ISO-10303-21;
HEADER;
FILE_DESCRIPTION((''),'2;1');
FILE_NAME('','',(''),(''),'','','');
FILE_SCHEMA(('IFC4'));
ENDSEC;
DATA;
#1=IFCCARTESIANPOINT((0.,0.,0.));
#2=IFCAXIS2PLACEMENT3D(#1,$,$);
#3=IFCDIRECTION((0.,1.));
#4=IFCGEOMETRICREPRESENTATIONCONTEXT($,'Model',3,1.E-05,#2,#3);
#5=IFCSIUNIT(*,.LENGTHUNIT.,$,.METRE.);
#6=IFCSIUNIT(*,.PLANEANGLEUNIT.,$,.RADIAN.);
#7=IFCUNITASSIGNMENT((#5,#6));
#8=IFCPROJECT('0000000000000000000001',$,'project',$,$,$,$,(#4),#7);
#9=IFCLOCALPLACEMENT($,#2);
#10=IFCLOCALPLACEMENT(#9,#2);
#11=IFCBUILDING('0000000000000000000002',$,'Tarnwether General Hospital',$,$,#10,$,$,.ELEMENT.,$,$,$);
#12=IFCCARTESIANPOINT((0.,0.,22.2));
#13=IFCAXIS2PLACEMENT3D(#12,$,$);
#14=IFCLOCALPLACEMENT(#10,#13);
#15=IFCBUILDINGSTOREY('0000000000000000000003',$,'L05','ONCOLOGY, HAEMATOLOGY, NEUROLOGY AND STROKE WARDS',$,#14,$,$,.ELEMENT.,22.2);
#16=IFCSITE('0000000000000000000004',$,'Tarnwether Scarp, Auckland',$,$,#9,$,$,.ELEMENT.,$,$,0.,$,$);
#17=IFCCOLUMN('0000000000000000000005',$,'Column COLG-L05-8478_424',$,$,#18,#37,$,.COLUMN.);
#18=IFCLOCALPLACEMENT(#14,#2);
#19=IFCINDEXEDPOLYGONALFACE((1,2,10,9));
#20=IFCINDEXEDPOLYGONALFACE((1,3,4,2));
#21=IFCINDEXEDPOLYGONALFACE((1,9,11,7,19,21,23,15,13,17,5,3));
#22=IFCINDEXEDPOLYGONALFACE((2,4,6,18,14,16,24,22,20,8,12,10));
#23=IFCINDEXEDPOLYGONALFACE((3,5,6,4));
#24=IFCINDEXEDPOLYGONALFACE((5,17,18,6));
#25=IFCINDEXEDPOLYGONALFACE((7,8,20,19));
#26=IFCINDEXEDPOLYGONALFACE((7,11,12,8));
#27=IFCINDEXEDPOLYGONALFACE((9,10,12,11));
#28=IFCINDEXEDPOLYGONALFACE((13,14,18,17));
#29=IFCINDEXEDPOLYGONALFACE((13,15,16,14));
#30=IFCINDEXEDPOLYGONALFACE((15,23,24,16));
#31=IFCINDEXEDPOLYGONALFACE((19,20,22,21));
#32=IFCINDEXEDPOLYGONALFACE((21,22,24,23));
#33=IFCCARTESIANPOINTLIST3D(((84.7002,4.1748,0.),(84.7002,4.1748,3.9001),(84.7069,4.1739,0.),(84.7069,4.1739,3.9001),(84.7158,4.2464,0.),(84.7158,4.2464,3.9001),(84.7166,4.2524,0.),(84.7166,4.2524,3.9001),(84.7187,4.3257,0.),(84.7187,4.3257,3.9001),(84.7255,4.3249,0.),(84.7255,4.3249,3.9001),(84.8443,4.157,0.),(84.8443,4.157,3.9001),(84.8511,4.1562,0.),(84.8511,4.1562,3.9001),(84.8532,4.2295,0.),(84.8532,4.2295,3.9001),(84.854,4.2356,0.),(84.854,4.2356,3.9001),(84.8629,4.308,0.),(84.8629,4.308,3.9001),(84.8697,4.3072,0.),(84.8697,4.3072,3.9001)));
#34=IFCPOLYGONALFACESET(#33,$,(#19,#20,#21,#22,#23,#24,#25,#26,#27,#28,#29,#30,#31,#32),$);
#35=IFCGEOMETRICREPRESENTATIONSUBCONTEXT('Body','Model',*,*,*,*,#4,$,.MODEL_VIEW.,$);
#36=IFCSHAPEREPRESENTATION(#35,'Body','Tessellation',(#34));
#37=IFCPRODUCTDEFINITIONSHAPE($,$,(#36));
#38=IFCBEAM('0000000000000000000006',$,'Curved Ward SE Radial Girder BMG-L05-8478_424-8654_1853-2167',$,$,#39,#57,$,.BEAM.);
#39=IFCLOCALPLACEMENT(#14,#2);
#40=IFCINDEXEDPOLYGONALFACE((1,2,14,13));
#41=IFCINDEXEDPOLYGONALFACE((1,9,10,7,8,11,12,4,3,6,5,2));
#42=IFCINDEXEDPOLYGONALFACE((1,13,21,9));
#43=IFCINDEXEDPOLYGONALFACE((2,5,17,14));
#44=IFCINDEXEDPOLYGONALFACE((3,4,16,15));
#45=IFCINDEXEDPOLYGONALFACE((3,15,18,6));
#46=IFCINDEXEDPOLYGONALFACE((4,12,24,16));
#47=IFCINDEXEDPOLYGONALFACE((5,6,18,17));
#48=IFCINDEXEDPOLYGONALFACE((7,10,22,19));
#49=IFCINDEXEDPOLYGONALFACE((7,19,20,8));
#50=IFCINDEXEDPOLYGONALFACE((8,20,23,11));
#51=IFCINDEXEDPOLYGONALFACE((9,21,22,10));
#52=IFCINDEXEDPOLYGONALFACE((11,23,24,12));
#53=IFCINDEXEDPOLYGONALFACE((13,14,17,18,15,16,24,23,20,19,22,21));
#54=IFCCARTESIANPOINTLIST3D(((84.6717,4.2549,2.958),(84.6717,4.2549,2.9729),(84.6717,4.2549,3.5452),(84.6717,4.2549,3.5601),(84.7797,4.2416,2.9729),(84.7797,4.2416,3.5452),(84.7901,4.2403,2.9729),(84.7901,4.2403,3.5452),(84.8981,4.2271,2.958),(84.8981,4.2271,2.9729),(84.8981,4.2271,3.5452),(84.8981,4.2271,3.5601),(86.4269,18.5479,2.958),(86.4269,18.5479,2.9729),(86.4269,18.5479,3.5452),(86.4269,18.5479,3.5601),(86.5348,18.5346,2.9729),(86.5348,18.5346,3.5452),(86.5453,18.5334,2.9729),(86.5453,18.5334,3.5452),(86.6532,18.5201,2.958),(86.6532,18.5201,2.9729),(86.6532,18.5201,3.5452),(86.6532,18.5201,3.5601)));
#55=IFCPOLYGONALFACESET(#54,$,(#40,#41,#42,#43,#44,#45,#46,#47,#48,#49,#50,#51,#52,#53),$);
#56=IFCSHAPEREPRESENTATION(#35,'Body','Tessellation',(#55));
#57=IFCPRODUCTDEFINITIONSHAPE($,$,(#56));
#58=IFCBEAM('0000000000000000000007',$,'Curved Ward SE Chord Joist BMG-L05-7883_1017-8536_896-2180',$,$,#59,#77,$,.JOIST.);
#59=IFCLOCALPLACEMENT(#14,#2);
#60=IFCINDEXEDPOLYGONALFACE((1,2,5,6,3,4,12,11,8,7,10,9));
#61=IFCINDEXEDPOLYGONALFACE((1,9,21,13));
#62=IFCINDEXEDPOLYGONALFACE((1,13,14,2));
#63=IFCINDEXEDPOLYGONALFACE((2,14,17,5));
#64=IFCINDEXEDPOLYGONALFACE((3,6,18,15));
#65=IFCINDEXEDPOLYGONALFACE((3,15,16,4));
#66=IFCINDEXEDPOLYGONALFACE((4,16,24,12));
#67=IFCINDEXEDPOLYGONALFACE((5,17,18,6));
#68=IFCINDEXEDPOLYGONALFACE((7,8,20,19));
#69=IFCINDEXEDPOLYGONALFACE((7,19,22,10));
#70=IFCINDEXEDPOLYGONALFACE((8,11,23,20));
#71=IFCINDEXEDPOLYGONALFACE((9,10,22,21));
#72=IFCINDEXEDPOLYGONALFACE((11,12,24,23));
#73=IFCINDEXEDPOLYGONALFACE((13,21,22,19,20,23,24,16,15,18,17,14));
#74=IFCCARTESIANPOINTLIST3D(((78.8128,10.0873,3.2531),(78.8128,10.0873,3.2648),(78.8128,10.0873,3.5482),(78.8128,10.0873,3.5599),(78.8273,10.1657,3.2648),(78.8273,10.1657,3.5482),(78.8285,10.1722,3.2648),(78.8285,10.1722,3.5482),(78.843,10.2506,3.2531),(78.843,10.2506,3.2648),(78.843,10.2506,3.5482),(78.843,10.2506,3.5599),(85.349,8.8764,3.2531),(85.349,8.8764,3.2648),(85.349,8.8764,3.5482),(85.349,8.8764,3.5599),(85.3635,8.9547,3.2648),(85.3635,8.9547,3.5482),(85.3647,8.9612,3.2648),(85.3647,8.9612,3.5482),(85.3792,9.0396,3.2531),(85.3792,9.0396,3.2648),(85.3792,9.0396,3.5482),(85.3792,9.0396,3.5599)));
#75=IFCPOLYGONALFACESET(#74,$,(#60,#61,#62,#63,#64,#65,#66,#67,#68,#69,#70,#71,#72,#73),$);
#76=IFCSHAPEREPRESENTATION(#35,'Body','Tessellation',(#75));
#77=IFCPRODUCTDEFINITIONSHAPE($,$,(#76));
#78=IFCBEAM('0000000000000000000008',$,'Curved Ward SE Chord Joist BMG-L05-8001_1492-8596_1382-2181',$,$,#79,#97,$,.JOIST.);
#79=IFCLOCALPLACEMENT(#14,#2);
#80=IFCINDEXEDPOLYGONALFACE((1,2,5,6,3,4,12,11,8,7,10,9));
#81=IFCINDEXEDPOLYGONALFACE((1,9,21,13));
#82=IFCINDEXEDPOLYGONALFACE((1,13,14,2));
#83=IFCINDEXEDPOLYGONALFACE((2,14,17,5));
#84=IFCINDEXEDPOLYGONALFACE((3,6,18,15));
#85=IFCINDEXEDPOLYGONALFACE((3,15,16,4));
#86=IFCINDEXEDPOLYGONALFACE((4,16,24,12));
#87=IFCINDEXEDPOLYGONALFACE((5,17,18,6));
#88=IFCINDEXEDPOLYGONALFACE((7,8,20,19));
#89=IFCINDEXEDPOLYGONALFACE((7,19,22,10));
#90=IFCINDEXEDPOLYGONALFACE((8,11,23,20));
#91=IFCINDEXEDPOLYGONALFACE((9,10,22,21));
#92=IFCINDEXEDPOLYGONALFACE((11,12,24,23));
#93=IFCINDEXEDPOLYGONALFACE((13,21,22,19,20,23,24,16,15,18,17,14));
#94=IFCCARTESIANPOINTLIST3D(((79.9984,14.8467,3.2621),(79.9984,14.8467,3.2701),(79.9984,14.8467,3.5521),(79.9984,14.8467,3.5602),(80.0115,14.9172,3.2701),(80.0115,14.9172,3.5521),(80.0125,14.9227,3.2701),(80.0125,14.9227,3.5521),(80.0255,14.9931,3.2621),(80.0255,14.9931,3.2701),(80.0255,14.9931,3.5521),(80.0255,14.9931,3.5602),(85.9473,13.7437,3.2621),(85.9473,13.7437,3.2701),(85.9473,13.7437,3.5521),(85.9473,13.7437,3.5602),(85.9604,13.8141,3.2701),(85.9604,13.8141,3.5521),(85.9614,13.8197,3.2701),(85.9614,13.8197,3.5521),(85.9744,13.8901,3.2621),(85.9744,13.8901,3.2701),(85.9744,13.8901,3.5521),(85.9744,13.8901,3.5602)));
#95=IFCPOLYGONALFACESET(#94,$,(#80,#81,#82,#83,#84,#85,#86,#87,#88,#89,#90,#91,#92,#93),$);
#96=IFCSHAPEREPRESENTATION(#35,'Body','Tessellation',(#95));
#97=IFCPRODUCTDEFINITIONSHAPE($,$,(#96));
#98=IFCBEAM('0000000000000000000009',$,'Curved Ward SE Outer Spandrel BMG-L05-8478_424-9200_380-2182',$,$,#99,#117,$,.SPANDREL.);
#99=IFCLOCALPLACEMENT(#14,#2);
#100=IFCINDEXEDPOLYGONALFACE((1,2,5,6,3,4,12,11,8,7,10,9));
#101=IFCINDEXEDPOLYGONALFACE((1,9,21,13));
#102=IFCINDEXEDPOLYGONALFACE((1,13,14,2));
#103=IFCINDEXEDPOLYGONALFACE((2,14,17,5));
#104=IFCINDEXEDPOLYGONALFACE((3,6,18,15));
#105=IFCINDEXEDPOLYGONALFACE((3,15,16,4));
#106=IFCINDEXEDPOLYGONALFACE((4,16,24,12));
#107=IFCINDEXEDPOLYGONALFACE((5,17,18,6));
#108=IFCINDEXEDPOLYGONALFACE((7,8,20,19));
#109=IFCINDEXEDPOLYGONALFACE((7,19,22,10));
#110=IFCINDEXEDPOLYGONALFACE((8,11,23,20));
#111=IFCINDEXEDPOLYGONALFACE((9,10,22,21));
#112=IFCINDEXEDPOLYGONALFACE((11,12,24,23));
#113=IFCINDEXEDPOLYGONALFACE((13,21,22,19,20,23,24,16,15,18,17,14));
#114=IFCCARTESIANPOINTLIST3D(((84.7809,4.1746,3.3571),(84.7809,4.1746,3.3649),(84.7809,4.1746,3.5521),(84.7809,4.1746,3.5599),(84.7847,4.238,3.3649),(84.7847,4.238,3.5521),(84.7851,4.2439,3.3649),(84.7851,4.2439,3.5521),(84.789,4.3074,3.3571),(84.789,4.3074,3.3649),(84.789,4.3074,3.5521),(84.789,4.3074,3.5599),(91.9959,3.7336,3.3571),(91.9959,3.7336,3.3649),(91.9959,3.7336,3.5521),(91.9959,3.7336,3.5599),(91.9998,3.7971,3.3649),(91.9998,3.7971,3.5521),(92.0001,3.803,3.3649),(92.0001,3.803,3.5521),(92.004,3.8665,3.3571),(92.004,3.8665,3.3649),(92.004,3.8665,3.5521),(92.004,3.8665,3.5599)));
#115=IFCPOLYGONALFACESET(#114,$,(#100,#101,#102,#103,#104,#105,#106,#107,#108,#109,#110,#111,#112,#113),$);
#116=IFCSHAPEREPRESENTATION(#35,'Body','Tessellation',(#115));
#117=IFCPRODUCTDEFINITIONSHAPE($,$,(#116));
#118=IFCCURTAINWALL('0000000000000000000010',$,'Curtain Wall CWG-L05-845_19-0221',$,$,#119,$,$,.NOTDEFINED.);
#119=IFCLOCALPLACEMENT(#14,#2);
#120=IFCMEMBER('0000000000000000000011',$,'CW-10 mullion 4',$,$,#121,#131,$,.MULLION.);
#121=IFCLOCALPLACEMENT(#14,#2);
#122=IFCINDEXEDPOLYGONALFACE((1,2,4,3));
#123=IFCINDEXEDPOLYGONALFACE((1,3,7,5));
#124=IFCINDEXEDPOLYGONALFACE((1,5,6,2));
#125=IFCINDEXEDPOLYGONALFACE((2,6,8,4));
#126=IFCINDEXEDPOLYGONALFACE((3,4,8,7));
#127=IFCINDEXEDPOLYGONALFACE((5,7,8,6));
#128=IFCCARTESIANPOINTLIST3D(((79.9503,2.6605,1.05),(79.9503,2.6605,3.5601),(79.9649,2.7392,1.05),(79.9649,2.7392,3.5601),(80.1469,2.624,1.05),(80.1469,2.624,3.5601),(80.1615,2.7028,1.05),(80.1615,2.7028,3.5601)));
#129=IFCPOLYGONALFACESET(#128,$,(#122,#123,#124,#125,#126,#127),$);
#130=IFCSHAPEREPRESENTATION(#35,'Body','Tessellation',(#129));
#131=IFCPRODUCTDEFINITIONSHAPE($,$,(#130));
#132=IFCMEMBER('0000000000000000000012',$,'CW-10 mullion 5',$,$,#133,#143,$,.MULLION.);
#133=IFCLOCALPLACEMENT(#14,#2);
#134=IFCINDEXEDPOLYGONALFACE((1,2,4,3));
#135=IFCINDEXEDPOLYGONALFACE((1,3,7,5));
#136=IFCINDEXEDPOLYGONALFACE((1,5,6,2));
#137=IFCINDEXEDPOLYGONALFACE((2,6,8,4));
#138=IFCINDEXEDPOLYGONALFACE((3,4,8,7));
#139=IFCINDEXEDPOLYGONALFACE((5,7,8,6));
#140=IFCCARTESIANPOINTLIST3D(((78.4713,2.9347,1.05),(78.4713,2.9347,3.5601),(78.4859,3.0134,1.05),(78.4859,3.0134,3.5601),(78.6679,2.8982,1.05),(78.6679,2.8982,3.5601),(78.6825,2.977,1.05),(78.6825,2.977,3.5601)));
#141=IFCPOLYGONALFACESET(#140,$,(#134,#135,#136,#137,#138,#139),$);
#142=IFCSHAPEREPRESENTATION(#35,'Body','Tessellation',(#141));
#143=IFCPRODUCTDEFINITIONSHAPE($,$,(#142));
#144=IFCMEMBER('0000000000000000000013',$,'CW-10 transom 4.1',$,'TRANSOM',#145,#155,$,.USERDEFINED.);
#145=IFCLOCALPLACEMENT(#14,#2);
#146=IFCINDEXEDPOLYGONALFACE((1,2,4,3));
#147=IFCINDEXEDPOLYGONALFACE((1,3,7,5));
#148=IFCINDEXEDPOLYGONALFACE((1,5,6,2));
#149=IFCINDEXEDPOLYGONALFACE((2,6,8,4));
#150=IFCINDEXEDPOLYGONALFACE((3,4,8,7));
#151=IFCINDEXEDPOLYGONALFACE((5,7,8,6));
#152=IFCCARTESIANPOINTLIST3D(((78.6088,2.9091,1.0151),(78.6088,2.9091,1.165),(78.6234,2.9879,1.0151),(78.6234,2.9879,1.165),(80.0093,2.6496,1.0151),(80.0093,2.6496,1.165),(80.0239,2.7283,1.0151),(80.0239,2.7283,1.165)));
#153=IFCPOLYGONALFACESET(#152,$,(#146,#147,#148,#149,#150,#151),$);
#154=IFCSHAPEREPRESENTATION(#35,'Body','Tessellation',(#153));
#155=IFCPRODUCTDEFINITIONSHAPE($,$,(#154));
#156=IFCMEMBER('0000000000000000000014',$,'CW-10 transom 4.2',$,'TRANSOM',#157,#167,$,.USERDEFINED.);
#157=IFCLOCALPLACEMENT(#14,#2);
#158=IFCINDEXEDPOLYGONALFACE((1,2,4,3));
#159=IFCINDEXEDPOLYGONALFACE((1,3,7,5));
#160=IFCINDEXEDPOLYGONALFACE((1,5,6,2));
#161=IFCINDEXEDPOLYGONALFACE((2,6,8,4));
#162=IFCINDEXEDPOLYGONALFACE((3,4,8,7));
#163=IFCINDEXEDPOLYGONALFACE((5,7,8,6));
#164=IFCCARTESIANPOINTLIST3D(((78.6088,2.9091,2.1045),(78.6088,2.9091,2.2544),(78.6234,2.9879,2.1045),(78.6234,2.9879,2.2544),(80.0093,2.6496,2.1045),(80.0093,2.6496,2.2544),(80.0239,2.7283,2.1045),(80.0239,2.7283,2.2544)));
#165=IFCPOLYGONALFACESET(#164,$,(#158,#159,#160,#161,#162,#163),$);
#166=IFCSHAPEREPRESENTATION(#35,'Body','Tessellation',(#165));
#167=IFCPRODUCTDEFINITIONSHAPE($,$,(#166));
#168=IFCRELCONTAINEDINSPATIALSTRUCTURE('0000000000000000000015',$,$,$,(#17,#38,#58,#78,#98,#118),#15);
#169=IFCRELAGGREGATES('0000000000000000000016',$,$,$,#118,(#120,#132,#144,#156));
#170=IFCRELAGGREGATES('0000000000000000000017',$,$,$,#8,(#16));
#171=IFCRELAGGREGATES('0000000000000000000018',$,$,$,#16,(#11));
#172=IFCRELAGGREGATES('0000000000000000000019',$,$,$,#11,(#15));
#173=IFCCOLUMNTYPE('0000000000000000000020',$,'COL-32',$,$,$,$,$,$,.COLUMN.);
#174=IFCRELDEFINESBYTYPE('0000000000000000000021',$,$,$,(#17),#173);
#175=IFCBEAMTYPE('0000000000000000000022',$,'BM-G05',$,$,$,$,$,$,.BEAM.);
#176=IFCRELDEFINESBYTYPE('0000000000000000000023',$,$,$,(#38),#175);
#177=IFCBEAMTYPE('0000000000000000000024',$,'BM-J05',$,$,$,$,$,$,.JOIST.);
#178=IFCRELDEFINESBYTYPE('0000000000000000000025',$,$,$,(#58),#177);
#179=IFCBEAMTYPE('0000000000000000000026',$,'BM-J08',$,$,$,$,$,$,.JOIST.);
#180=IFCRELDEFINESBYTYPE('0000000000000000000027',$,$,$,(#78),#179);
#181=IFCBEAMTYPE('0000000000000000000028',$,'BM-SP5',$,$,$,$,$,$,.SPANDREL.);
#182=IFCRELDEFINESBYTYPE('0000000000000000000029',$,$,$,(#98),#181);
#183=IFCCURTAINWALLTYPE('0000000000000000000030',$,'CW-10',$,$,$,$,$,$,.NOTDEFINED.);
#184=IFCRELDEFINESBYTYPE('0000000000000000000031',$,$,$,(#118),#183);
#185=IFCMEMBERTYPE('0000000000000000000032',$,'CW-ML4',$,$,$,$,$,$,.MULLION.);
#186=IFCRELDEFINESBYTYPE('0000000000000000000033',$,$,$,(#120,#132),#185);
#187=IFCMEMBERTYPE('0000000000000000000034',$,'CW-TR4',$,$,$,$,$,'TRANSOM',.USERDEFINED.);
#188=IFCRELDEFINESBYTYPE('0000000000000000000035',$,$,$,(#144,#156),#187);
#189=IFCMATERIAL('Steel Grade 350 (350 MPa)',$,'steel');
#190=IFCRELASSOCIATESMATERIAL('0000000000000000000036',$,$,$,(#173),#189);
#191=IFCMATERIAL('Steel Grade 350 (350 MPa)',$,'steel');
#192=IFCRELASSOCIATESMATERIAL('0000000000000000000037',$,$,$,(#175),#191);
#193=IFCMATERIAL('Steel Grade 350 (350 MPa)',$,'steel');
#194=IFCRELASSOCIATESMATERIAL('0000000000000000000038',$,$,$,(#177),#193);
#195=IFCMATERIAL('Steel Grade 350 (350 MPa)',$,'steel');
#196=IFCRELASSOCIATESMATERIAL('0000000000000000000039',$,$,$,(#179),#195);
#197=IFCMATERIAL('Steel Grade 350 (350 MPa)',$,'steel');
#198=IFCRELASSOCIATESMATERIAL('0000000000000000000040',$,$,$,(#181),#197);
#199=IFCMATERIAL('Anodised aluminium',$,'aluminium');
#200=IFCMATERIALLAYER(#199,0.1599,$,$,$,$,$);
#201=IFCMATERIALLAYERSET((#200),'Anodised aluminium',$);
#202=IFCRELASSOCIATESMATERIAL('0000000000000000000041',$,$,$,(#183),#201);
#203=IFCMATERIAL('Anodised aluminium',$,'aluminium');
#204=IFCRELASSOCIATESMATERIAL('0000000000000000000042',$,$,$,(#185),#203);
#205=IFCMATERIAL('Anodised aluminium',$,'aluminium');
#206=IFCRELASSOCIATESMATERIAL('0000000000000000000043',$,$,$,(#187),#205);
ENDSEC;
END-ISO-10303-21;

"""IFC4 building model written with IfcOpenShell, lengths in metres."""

from ifc_helpers import new_model, si_unit, direction, frame, origin, origin_2d, place, context, subcontext, project, spatial, rectangle, i_section, extrude, material, layer, layer_set, material_profile, profile_set, type_object, element, aggregate, save


model = new_model("IFC4")

# Units and contexts
model_context = context("Model", 3, precision=1e-05, world=origin(), true_north=direction((0.0, 1.0)))
body_context = subcontext(model_context, "Body", "Model", "MODEL_VIEW")
ifc_project = project(units=[si_unit("LENGTHUNIT", "METRE"), si_unit("PLANEANGLEUNIT", "RADIAN")], contexts=[model_context])

# Site, building, storey
site_placement = place(None, origin())
site = spatial("IfcSite", under=ifc_project, at=site_placement, Name="Tarnwether Scarp, Auckland", CompositionType="ELEMENT", RefElevation=0.0)
building_placement = place(site_placement, origin())
building = spatial("IfcBuilding", under=site, at=building_placement, Name="Tarnwether General Hospital", CompositionType="ELEMENT")
storey_placement = place(building_placement, frame((0.0, 0.0, 22.2)))
storey = spatial("IfcBuildingStorey", under=building, at=storey_placement, Name="L05", Description="ONCOLOGY, HAEMATOLOGY, NEUROLOGY AND STROKE WARDS", CompositionType="ELEMENT", Elevation=22.2)

# Column
ifc_material_1 = material(Name="Steel Grade 350 (350 MPa)", Category="steel")
ifc_material_profile_1 = material_profile(ifc_material_1, i_section(OverallWidth=0.1521, OverallDepth=0.1521, WebThickness=0.0061, FlangeThickness=0.0068, at=origin_2d()), Name="150UC23.4")
ifc_profile_set_1 = profile_set([ifc_material_profile_1], Name="Steel Grade 350 (350 MPa)")
column_type = type_object("IfcColumnType", Name="COL-32", PredefinedType="COLUMN", material=ifc_profile_set_1)
column_placement = place(storey_placement, frame((84.7849, 4.241, 0.0), z_axis=(0.0, 0.0, 1.0), x_axis=(0.121869, 0.992546, 0.0)))
element("IfcColumn", 1, at=column_placement, inside=storey, type_object=column_type, Name="Column COLG-L05-8478_424", PredefinedType="COLUMN", context=body_context, shape_type="SweptSolid", body=[
    extrude(i_section(OverallWidth=0.1521, OverallDepth=0.1521, WebThickness=0.0061, FlangeThickness=0.0068, at=origin_2d()), origin(), (0.0, 0.0, 1.0), 3.9001),
])

# Beams
ifc_material_2 = material(Name="Steel Grade 350 (350 MPa)", Category="steel")
ifc_material_profile_2 = material_profile(ifc_material_2, i_section(OverallWidth=0.228, OverallDepth=0.6021, WebThickness=0.0105, FlangeThickness=0.0149, at=origin_2d()), Name="610UB101")
ifc_profile_set_2 = profile_set([ifc_material_profile_2], Name="Steel Grade 350 (350 MPa)")
beam_type_1 = type_object("IfcBeamType", Name="BM-G05", PredefinedType="BEAM", material=ifc_profile_set_2)
beam_1_placement = place(storey_placement, frame((84.7849, 4.241, 3.259), z_axis=(0.121881, 0.992545, 0.0), x_axis=(-0.992545, 0.121881, 0.0)))
element("IfcBeam", 2, at=beam_1_placement, inside=storey, type_object=beam_type_1, Name="Curved Ward SE Radial Girder BMG-L05-8478_424-8654_1853-2167", PredefinedType="BEAM", context=body_context, shape_type="SweptSolid", body=[
    extrude(i_section(OverallWidth=0.228, OverallDepth=0.6021, WebThickness=0.0105, FlangeThickness=0.0149, at=origin_2d()), origin(), (0.0, 0.0, 1.0), 14.4004),
])
ifc_material_3 = material(Name="Steel Grade 350 (350 MPa)", Category="steel")
ifc_material_profile_3 = material_profile(ifc_material_3, i_section(OverallWidth=0.166, OverallDepth=0.3069, WebThickness=0.0066, FlangeThickness=0.0117, at=origin_2d()), Name="310UB46.2")
ifc_profile_set_3 = profile_set([ifc_material_profile_3], Name="Steel Grade 350 (350 MPa)")
beam_type_2 = type_object("IfcBeamType", Name="BM-J05", PredefinedType="JOIST", material=ifc_profile_set_3)
beam_2_placement = place(storey_placement, frame((78.8279, 10.1689, 3.4065), z_axis=(0.983267, -0.182168, 0.0), x_axis=(0.182168, 0.983267, 0.0)))
element("IfcBeam", 3, at=beam_2_placement, inside=storey, type_object=beam_type_2, Name="Curved Ward SE Chord Joist BMG-L05-7883_1017-8536_896-2180", PredefinedType="JOIST", context=body_context, shape_type="SweptSolid", body=[
    extrude(i_section(OverallWidth=0.166, OverallDepth=0.3069, WebThickness=0.0066, FlangeThickness=0.0117, at=origin_2d()), origin(), (0.0, 0.0, 1.0), 6.6475),
])
ifc_material_4 = material(Name="Steel Grade 350 (350 MPa)", Category="steel")
ifc_material_profile_4 = material_profile(ifc_material_4, i_section(OverallWidth=0.1489, OverallDepth=0.2981, WebThickness=0.0056, FlangeThickness=0.0081, at=origin_2d()), Name="310UB32.0")
ifc_profile_set_4 = profile_set([ifc_material_profile_4], Name="Steel Grade 350 (350 MPa)")
beam_type_3 = type_object("IfcBeamType", Name="BM-J08", PredefinedType="JOIST", material=ifc_profile_set_4)
beam_3_placement = place(storey_placement, frame((80.012, 14.9199, 3.4111), z_axis=(0.983242, -0.182307, 0.0), x_axis=(0.182307, 0.983242, 0.0)))
element("IfcBeam", 4, at=beam_3_placement, inside=storey, type_object=beam_type_3, Name="Curved Ward SE Chord Joist BMG-L05-8001_1492-8596_1382-2181", PredefinedType="JOIST", context=body_context, shape_type="SweptSolid", body=[
    extrude(i_section(OverallWidth=0.1489, OverallDepth=0.2981, WebThickness=0.0056, FlangeThickness=0.0081, at=origin_2d()), origin(), (0.0, 0.0, 1.0), 6.0503),
])
ifc_material_5 = material(Name="Steel Grade 350 (350 MPa)", Category="steel")
ifc_material_profile_5 = material_profile(ifc_material_5, i_section(OverallWidth=0.1331, OverallDepth=0.2029, WebThickness=0.0059, FlangeThickness=0.0078, at=origin_2d()), Name="200UB25.4")
ifc_profile_set_5 = profile_set([ifc_material_profile_5], Name="Steel Grade 350 (350 MPa)")
beam_type_4 = type_object("IfcBeamType", Name="BM-SP5", PredefinedType="SPANDREL", material=ifc_profile_set_5)
beam_4_placement = place(storey_placement, frame((84.7849, 4.241, 3.4585), z_axis=(0.998138, -0.060997, 0.0), x_axis=(0.060997, 0.998138, 0.0)))
element("IfcBeam", 5, at=beam_4_placement, inside=storey, type_object=beam_type_4, Name="Curved Ward SE Outer Spandrel BMG-L05-8478_424-9200_380-2182", PredefinedType="SPANDREL", context=body_context, shape_type="SweptSolid", body=[
    extrude(i_section(OverallWidth=0.1331, OverallDepth=0.2029, WebThickness=0.0059, FlangeThickness=0.0078, at=origin_2d()), origin(), (0.0, 0.0, 1.0), 7.2285),
])

# Curtain wall, members
ifc_material_6 = material(Name="Anodised aluminium", Category="aluminium")
ifc_layer_1 = layer(ifc_material_6, 0.1599)
ifc_layer_set_1 = layer_set([ifc_layer_1], Name="Anodised aluminium")
curtain_wall_type = type_object("IfcCurtainWallType", Name="CW-10", PredefinedType="NOTDEFINED", material=ifc_layer_set_1)
curtain_wall_placement = place(storey_placement, origin())
curtain_wall = element("IfcCurtainWall", 6, at=curtain_wall_placement, inside=storey, type_object=curtain_wall_type, Name="Curtain Wall CWG-L05-845_19-0221", PredefinedType="NOTDEFINED")
ifc_material_7 = material(Name="Anodised aluminium", Category="aluminium")
ifc_material_profile_6 = material_profile(ifc_material_7, rectangle(XDim=0.0801, YDim=0.2, at=origin_2d()), Name="ALU-MUL-80x200")
ifc_profile_set_6 = profile_set([ifc_material_profile_6], Name="Anodised aluminium")
member_type_1 = type_object("IfcMemberType", Name="CW-ML4", PredefinedType="MULLION", material=ifc_profile_set_6)
member_1_placement = place(storey_placement, frame((80.0559, 2.6816, 1.05), z_axis=(0.0, 0.0, 1.0), x_axis=(-0.182289, -0.983245, 0.0)))
member_1 = element("IfcMember", 7, at=member_1_placement, type_object=member_type_1, Name="CW-10 mullion 4", PredefinedType="MULLION", context=body_context, shape_type="SweptSolid", body=[
    extrude(rectangle(XDim=0.0801, YDim=0.2, at=origin_2d()), origin(), (0.0, 0.0, 1.0), 2.51),
])
member_2_placement = place(storey_placement, frame((78.5769, 2.9558, 1.05), z_axis=(0.0, 0.0, 1.0), x_axis=(-0.182289, -0.983245, 0.0)))
member_2 = element("IfcMember", 8, at=member_2_placement, type_object=member_type_1, Name="CW-10 mullion 5", PredefinedType="MULLION", context=body_context, shape_type="SweptSolid", body=[
    extrude(rectangle(XDim=0.0801, YDim=0.2, at=origin_2d()), origin(), (0.0, 0.0, 1.0), 2.51),
])
ifc_material_8 = material(Name="Anodised aluminium", Category="aluminium")
ifc_material_profile_7 = material_profile(ifc_material_8, rectangle(XDim=0.0801, YDim=0.1499, at=origin_2d()), Name="ALU-TRN-80x150")
ifc_profile_set_7 = profile_set([ifc_material_profile_7], Name="Anodised aluminium")
member_type_2 = type_object("IfcMemberType", Name="CW-TR4", ElementType="TRANSOM", PredefinedType="USERDEFINED", material=ifc_profile_set_7)
member_3_placement = place(storey_placement, frame((80.0166, 2.689, 1.0901), z_axis=(-0.983258, 0.182218, 0.0), x_axis=(-0.182218, -0.983258, 0.0)))
member_3 = element("IfcMember", 9, at=member_3_placement, type_object=member_type_2, Name="CW-10 transom 4.1", ObjectType="TRANSOM", PredefinedType="USERDEFINED", context=body_context, shape_type="SweptSolid", body=[
    extrude(rectangle(XDim=0.0801, YDim=0.1499, at=origin_2d()), origin(), (0.0, 0.0, 1.0), 1.4243),
])
member_4_placement = place(storey_placement, frame((80.0166, 2.689, 2.1794), z_axis=(-0.983258, 0.182218, 0.0), x_axis=(-0.182218, -0.983258, 0.0)))
member_4 = element("IfcMember", 10, at=member_4_placement, type_object=member_type_2, Name="CW-10 transom 4.2", ObjectType="TRANSOM", PredefinedType="USERDEFINED", context=body_context, shape_type="SweptSolid", body=[
    extrude(rectangle(XDim=0.0801, YDim=0.1499, at=origin_2d()), origin(), (0.0, 0.0, 1.0), 1.4243),
])
aggregate(curtain_wall, [member_1, member_2, member_3, member_4])

save(model, "model.ifc")
